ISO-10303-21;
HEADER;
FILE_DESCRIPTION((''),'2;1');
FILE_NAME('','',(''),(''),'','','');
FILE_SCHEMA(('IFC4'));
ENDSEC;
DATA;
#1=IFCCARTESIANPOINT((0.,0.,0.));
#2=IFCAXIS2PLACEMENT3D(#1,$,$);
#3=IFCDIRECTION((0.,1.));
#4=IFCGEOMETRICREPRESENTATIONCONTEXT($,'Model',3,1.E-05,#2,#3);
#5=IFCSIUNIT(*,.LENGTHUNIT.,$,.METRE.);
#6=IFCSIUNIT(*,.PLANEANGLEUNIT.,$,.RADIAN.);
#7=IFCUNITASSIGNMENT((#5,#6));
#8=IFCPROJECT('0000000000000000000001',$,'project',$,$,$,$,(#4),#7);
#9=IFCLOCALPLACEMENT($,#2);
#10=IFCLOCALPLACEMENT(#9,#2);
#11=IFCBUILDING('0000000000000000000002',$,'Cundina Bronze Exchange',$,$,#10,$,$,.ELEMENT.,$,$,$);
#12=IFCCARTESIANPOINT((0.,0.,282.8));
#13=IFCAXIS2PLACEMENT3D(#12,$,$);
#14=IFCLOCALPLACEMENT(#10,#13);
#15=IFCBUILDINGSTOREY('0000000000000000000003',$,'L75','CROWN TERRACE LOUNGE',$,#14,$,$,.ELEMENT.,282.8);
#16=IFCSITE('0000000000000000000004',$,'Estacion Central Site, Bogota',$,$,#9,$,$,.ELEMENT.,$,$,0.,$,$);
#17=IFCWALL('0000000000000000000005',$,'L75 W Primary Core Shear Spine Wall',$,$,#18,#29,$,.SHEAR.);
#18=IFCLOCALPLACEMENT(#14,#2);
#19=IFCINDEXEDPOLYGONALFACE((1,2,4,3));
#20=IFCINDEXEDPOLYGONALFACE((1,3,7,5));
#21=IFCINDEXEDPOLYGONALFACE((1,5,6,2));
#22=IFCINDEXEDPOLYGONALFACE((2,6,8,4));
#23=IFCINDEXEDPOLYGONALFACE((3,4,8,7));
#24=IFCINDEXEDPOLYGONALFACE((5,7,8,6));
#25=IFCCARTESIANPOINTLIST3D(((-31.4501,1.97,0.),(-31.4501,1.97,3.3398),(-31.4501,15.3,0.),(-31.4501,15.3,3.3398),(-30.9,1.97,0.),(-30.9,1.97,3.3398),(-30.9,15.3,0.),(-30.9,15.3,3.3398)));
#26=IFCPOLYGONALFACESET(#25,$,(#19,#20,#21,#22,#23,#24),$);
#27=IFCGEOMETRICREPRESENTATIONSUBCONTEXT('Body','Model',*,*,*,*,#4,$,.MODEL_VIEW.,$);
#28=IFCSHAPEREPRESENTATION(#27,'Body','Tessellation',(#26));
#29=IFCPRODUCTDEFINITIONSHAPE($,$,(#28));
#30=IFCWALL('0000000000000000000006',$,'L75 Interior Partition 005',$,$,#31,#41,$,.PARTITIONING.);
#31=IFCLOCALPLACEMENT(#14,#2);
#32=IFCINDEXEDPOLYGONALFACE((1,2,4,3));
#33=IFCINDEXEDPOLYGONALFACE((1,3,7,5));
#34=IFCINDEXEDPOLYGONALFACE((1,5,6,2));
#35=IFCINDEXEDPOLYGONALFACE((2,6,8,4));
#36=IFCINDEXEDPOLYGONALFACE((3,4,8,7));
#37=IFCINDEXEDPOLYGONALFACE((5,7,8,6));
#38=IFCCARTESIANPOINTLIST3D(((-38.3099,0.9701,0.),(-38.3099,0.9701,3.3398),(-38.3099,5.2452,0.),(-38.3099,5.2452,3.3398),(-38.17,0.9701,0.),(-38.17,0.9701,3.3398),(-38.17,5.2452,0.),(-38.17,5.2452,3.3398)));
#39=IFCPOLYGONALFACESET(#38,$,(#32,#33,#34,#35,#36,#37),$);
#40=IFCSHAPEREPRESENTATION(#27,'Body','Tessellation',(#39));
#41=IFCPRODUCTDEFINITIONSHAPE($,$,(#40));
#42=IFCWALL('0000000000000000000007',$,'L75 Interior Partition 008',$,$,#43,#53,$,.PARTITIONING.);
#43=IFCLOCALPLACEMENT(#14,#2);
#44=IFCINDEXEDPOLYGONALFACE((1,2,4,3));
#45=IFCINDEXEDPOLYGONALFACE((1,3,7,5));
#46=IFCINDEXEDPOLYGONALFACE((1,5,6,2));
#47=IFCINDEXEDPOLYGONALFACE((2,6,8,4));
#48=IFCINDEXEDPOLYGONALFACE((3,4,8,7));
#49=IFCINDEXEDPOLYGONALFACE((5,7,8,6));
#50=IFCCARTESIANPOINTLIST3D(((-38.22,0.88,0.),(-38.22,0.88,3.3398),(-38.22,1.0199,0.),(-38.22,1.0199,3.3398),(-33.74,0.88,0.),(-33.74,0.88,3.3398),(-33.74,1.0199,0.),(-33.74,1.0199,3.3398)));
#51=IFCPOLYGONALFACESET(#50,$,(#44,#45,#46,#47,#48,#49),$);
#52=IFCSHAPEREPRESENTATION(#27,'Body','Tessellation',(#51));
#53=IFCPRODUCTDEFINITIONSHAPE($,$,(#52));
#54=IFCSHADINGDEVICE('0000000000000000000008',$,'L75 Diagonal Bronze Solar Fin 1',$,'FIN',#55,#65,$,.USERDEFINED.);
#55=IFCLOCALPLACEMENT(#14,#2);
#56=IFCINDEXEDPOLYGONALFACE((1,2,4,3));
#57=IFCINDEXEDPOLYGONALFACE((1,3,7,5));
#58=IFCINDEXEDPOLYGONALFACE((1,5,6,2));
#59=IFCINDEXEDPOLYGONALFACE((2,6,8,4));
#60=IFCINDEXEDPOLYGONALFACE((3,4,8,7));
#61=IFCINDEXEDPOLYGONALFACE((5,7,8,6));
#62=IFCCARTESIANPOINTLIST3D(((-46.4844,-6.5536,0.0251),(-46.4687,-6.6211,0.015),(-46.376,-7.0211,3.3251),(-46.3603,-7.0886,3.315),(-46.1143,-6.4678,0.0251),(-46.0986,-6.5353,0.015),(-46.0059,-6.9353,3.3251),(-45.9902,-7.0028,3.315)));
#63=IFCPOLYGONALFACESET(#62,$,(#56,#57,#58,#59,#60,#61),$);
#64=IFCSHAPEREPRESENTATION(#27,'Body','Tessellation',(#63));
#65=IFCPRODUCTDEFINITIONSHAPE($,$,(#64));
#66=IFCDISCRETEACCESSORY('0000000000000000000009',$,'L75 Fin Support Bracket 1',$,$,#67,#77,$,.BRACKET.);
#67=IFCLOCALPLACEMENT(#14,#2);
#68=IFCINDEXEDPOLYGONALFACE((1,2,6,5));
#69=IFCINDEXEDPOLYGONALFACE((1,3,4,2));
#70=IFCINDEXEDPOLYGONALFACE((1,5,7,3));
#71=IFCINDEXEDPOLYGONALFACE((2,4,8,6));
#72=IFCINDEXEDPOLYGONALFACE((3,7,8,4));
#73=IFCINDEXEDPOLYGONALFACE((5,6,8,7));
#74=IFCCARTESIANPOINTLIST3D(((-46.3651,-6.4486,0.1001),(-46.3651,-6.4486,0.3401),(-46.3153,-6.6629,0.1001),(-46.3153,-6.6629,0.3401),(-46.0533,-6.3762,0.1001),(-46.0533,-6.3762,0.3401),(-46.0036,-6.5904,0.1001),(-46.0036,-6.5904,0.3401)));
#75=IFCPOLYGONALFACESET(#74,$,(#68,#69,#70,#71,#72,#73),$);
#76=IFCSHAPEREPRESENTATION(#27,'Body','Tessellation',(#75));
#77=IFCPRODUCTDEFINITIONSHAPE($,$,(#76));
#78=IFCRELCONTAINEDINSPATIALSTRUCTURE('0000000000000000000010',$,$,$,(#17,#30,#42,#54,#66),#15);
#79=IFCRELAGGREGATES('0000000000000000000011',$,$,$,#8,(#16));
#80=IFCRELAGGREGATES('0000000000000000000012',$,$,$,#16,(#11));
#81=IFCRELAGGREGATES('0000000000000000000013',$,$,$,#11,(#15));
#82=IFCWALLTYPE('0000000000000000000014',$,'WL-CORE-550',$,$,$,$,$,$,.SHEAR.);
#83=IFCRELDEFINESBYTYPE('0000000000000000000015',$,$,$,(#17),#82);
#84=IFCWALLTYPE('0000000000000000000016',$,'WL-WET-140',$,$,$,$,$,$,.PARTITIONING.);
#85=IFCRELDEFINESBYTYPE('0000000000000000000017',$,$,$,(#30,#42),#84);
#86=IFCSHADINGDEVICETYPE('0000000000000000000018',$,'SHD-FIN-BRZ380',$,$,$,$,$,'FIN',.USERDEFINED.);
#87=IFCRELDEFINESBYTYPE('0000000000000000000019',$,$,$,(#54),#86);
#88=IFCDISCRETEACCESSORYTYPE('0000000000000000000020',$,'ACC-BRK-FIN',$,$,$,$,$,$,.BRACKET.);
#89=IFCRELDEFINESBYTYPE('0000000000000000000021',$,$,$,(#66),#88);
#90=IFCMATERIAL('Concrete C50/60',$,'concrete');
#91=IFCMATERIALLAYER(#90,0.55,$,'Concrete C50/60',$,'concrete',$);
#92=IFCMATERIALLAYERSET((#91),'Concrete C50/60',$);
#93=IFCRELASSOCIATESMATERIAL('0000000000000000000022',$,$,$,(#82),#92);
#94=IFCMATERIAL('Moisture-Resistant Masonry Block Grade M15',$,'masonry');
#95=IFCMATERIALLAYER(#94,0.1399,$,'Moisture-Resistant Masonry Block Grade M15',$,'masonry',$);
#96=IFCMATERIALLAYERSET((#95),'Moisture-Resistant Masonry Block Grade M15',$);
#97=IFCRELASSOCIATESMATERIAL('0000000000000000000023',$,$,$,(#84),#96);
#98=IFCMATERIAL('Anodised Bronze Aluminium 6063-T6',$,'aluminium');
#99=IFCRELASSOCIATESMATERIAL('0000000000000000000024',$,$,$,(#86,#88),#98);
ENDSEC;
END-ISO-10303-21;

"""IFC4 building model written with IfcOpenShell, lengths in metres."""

from ifc_helpers import new_model, si_unit, direction, frame, frame_2d, origin, origin_2d, place, context, subcontext, project, spatial, rectangle, extrude, material, layer, layer_set, material_profile, profile_set, type_object, element, save


model = new_model("IFC4")

# Units and contexts
model_context = context("Model", 3, precision=1e-05, world=origin(), true_north=direction((0.0, 1.0)))
body_context = subcontext(model_context, "Body", "Model", "MODEL_VIEW")
ifc_project = project(units=[si_unit("LENGTHUNIT", "METRE"), si_unit("PLANEANGLEUNIT", "RADIAN")], contexts=[model_context])

# Site, building, storey
site_placement = place(None, origin())
site = spatial("IfcSite", under=ifc_project, at=site_placement, Name="Estacion Central Site, Bogota", CompositionType="ELEMENT", RefElevation=0.0)
building_placement = place(site_placement, origin())
building = spatial("IfcBuilding", under=site, at=building_placement, Name="Cundina Bronze Exchange", CompositionType="ELEMENT")
storey_placement = place(building_placement, frame((0.0, 0.0, 282.8)))
storey = spatial("IfcBuildingStorey", under=building, at=storey_placement, Name="L75", Description="CROWN TERRACE LOUNGE", CompositionType="ELEMENT", Elevation=282.8)

# Shared definitions
ifc_material_1 = material(Name="Anodised Bronze Aluminium 6063-T6", Category="aluminium")

# Walls
ifc_material_2 = material(Name="Concrete C50/60", Category="concrete")
ifc_layer_1 = layer(ifc_material_2, 0.55, Name="Concrete C50/60", Category="concrete")
ifc_layer_set_1 = layer_set([ifc_layer_1], Name="Concrete C50/60")
wall_type_1 = type_object("IfcWallType", Name="WL-CORE-550", PredefinedType="SHEAR", material=ifc_layer_set_1)
wall_1_placement = place(storey_placement, frame((-31.175, 1.97, 0.0), z_axis=(0.0, 0.0, 1.0), x_axis=(0.0, 1.0, 0.0)))
element("IfcWall", 1, at=wall_1_placement, inside=storey, type_object=wall_type_1, Name="L75 W Primary Core Shear Spine Wall", PredefinedType="SHEAR", context=body_context, shape_type="SweptSolid", body=[
    extrude(rectangle(XDim=13.3301, YDim=0.55, at=frame_2d((6.665, 0.0))), origin(), (0.0, 0.0, 1.0), 3.3398),
])
ifc_material_3 = material(Name="Moisture-Resistant Masonry Block Grade M15", Category="masonry")
ifc_layer_2 = layer(ifc_material_3, 0.1399, Name="Moisture-Resistant Masonry Block Grade M15", Category="masonry")
ifc_layer_set_2 = layer_set([ifc_layer_2], Name="Moisture-Resistant Masonry Block Grade M15")
wall_type_2 = type_object("IfcWallType", Name="WL-WET-140", PredefinedType="PARTITIONING", material=ifc_layer_set_2)
wall_2_placement = place(storey_placement, frame((-38.24, 0.97, 0.0), z_axis=(0.0, 0.0, 1.0), x_axis=(0.0, 1.0, 0.0)))
element("IfcWall", 2, at=wall_2_placement, inside=storey, type_object=wall_type_2, Name="L75 Interior Partition 005", PredefinedType="PARTITIONING", context=body_context, shape_type="SweptSolid", body=[
    extrude(rectangle(XDim=4.2751, YDim=0.1399, at=frame_2d((2.1377, 0.0))), origin(), (0.0, 0.0, 1.0), 3.3398),
])
wall_3_placement = place(storey_placement, frame((-38.22, 0.95, 0.0), z_axis=(0.0, 0.0, 1.0), x_axis=(1.0, 0.0, 0.0)))
element("IfcWall", 3, at=wall_3_placement, inside=storey, type_object=wall_type_2, Name="L75 Interior Partition 008", PredefinedType="PARTITIONING", context=body_context, shape_type="SweptSolid", body=[
    extrude(rectangle(XDim=4.48, YDim=0.1399, at=frame_2d((2.24, 0.0))), origin(), (0.0, 0.0, 1.0), 3.3398),
])

# Shading device
ifc_material_profile_1 = material_profile(ifc_material_1, rectangle(XDim=0.0701, YDim=0.3799, at=origin_2d()), Name="FIN70X380", Category="aluminium")
ifc_profile_set_1 = profile_set([ifc_material_profile_1], Name="Anodised Bronze Aluminium 6063-T6")
shading_device_type = type_object("IfcShadingDeviceType", Name="SHD-FIN-BRZ380", ElementType="FIN", PredefinedType="USERDEFINED", material=ifc_profile_set_1)
shading_device_placement = place(storey_placement, frame((-46.2915, -6.5444, 0.02), z_axis=(0.032506, -0.140199, 0.98959), x_axis=(-0.223511, 0.964018, 0.143918)))
element("IfcShadingDevice", 4, at=shading_device_placement, inside=storey, type_object=shading_device_type, Name="L75 Diagonal Bronze Solar Fin 1", ObjectType="FIN", PredefinedType="USERDEFINED", context=body_context, shape_type="SweptSolid", body=[
    extrude(rectangle(XDim=0.0701, YDim=0.3799, at=origin_2d()), origin(), (0.0, 0.0, 1.0), 3.3347),
])

# Discrete accessory
discrete_accessory_type = type_object("IfcDiscreteAccessoryType", Name="ACC-BRK-FIN", PredefinedType="BRACKET", material=ifc_material_1)
discrete_accessory_placement = place(storey_placement, frame((-46.1843, -6.5195, 0.1001), z_axis=(0.0, 0.0, 1.0), x_axis=(0.226328, -0.974051, 0.0)))
element("IfcDiscreteAccessory", 5, at=discrete_accessory_placement, inside=storey, type_object=discrete_accessory_type, Name="L75 Fin Support Bracket 1", PredefinedType="BRACKET", context=body_context, shape_type="SweptSolid", body=[
    extrude(rectangle(XDim=0.22, YDim=0.3201, at=origin_2d()), origin(), (0.0, 0.0, 1.0), 0.24),
])

save(model, "model.ifc")
